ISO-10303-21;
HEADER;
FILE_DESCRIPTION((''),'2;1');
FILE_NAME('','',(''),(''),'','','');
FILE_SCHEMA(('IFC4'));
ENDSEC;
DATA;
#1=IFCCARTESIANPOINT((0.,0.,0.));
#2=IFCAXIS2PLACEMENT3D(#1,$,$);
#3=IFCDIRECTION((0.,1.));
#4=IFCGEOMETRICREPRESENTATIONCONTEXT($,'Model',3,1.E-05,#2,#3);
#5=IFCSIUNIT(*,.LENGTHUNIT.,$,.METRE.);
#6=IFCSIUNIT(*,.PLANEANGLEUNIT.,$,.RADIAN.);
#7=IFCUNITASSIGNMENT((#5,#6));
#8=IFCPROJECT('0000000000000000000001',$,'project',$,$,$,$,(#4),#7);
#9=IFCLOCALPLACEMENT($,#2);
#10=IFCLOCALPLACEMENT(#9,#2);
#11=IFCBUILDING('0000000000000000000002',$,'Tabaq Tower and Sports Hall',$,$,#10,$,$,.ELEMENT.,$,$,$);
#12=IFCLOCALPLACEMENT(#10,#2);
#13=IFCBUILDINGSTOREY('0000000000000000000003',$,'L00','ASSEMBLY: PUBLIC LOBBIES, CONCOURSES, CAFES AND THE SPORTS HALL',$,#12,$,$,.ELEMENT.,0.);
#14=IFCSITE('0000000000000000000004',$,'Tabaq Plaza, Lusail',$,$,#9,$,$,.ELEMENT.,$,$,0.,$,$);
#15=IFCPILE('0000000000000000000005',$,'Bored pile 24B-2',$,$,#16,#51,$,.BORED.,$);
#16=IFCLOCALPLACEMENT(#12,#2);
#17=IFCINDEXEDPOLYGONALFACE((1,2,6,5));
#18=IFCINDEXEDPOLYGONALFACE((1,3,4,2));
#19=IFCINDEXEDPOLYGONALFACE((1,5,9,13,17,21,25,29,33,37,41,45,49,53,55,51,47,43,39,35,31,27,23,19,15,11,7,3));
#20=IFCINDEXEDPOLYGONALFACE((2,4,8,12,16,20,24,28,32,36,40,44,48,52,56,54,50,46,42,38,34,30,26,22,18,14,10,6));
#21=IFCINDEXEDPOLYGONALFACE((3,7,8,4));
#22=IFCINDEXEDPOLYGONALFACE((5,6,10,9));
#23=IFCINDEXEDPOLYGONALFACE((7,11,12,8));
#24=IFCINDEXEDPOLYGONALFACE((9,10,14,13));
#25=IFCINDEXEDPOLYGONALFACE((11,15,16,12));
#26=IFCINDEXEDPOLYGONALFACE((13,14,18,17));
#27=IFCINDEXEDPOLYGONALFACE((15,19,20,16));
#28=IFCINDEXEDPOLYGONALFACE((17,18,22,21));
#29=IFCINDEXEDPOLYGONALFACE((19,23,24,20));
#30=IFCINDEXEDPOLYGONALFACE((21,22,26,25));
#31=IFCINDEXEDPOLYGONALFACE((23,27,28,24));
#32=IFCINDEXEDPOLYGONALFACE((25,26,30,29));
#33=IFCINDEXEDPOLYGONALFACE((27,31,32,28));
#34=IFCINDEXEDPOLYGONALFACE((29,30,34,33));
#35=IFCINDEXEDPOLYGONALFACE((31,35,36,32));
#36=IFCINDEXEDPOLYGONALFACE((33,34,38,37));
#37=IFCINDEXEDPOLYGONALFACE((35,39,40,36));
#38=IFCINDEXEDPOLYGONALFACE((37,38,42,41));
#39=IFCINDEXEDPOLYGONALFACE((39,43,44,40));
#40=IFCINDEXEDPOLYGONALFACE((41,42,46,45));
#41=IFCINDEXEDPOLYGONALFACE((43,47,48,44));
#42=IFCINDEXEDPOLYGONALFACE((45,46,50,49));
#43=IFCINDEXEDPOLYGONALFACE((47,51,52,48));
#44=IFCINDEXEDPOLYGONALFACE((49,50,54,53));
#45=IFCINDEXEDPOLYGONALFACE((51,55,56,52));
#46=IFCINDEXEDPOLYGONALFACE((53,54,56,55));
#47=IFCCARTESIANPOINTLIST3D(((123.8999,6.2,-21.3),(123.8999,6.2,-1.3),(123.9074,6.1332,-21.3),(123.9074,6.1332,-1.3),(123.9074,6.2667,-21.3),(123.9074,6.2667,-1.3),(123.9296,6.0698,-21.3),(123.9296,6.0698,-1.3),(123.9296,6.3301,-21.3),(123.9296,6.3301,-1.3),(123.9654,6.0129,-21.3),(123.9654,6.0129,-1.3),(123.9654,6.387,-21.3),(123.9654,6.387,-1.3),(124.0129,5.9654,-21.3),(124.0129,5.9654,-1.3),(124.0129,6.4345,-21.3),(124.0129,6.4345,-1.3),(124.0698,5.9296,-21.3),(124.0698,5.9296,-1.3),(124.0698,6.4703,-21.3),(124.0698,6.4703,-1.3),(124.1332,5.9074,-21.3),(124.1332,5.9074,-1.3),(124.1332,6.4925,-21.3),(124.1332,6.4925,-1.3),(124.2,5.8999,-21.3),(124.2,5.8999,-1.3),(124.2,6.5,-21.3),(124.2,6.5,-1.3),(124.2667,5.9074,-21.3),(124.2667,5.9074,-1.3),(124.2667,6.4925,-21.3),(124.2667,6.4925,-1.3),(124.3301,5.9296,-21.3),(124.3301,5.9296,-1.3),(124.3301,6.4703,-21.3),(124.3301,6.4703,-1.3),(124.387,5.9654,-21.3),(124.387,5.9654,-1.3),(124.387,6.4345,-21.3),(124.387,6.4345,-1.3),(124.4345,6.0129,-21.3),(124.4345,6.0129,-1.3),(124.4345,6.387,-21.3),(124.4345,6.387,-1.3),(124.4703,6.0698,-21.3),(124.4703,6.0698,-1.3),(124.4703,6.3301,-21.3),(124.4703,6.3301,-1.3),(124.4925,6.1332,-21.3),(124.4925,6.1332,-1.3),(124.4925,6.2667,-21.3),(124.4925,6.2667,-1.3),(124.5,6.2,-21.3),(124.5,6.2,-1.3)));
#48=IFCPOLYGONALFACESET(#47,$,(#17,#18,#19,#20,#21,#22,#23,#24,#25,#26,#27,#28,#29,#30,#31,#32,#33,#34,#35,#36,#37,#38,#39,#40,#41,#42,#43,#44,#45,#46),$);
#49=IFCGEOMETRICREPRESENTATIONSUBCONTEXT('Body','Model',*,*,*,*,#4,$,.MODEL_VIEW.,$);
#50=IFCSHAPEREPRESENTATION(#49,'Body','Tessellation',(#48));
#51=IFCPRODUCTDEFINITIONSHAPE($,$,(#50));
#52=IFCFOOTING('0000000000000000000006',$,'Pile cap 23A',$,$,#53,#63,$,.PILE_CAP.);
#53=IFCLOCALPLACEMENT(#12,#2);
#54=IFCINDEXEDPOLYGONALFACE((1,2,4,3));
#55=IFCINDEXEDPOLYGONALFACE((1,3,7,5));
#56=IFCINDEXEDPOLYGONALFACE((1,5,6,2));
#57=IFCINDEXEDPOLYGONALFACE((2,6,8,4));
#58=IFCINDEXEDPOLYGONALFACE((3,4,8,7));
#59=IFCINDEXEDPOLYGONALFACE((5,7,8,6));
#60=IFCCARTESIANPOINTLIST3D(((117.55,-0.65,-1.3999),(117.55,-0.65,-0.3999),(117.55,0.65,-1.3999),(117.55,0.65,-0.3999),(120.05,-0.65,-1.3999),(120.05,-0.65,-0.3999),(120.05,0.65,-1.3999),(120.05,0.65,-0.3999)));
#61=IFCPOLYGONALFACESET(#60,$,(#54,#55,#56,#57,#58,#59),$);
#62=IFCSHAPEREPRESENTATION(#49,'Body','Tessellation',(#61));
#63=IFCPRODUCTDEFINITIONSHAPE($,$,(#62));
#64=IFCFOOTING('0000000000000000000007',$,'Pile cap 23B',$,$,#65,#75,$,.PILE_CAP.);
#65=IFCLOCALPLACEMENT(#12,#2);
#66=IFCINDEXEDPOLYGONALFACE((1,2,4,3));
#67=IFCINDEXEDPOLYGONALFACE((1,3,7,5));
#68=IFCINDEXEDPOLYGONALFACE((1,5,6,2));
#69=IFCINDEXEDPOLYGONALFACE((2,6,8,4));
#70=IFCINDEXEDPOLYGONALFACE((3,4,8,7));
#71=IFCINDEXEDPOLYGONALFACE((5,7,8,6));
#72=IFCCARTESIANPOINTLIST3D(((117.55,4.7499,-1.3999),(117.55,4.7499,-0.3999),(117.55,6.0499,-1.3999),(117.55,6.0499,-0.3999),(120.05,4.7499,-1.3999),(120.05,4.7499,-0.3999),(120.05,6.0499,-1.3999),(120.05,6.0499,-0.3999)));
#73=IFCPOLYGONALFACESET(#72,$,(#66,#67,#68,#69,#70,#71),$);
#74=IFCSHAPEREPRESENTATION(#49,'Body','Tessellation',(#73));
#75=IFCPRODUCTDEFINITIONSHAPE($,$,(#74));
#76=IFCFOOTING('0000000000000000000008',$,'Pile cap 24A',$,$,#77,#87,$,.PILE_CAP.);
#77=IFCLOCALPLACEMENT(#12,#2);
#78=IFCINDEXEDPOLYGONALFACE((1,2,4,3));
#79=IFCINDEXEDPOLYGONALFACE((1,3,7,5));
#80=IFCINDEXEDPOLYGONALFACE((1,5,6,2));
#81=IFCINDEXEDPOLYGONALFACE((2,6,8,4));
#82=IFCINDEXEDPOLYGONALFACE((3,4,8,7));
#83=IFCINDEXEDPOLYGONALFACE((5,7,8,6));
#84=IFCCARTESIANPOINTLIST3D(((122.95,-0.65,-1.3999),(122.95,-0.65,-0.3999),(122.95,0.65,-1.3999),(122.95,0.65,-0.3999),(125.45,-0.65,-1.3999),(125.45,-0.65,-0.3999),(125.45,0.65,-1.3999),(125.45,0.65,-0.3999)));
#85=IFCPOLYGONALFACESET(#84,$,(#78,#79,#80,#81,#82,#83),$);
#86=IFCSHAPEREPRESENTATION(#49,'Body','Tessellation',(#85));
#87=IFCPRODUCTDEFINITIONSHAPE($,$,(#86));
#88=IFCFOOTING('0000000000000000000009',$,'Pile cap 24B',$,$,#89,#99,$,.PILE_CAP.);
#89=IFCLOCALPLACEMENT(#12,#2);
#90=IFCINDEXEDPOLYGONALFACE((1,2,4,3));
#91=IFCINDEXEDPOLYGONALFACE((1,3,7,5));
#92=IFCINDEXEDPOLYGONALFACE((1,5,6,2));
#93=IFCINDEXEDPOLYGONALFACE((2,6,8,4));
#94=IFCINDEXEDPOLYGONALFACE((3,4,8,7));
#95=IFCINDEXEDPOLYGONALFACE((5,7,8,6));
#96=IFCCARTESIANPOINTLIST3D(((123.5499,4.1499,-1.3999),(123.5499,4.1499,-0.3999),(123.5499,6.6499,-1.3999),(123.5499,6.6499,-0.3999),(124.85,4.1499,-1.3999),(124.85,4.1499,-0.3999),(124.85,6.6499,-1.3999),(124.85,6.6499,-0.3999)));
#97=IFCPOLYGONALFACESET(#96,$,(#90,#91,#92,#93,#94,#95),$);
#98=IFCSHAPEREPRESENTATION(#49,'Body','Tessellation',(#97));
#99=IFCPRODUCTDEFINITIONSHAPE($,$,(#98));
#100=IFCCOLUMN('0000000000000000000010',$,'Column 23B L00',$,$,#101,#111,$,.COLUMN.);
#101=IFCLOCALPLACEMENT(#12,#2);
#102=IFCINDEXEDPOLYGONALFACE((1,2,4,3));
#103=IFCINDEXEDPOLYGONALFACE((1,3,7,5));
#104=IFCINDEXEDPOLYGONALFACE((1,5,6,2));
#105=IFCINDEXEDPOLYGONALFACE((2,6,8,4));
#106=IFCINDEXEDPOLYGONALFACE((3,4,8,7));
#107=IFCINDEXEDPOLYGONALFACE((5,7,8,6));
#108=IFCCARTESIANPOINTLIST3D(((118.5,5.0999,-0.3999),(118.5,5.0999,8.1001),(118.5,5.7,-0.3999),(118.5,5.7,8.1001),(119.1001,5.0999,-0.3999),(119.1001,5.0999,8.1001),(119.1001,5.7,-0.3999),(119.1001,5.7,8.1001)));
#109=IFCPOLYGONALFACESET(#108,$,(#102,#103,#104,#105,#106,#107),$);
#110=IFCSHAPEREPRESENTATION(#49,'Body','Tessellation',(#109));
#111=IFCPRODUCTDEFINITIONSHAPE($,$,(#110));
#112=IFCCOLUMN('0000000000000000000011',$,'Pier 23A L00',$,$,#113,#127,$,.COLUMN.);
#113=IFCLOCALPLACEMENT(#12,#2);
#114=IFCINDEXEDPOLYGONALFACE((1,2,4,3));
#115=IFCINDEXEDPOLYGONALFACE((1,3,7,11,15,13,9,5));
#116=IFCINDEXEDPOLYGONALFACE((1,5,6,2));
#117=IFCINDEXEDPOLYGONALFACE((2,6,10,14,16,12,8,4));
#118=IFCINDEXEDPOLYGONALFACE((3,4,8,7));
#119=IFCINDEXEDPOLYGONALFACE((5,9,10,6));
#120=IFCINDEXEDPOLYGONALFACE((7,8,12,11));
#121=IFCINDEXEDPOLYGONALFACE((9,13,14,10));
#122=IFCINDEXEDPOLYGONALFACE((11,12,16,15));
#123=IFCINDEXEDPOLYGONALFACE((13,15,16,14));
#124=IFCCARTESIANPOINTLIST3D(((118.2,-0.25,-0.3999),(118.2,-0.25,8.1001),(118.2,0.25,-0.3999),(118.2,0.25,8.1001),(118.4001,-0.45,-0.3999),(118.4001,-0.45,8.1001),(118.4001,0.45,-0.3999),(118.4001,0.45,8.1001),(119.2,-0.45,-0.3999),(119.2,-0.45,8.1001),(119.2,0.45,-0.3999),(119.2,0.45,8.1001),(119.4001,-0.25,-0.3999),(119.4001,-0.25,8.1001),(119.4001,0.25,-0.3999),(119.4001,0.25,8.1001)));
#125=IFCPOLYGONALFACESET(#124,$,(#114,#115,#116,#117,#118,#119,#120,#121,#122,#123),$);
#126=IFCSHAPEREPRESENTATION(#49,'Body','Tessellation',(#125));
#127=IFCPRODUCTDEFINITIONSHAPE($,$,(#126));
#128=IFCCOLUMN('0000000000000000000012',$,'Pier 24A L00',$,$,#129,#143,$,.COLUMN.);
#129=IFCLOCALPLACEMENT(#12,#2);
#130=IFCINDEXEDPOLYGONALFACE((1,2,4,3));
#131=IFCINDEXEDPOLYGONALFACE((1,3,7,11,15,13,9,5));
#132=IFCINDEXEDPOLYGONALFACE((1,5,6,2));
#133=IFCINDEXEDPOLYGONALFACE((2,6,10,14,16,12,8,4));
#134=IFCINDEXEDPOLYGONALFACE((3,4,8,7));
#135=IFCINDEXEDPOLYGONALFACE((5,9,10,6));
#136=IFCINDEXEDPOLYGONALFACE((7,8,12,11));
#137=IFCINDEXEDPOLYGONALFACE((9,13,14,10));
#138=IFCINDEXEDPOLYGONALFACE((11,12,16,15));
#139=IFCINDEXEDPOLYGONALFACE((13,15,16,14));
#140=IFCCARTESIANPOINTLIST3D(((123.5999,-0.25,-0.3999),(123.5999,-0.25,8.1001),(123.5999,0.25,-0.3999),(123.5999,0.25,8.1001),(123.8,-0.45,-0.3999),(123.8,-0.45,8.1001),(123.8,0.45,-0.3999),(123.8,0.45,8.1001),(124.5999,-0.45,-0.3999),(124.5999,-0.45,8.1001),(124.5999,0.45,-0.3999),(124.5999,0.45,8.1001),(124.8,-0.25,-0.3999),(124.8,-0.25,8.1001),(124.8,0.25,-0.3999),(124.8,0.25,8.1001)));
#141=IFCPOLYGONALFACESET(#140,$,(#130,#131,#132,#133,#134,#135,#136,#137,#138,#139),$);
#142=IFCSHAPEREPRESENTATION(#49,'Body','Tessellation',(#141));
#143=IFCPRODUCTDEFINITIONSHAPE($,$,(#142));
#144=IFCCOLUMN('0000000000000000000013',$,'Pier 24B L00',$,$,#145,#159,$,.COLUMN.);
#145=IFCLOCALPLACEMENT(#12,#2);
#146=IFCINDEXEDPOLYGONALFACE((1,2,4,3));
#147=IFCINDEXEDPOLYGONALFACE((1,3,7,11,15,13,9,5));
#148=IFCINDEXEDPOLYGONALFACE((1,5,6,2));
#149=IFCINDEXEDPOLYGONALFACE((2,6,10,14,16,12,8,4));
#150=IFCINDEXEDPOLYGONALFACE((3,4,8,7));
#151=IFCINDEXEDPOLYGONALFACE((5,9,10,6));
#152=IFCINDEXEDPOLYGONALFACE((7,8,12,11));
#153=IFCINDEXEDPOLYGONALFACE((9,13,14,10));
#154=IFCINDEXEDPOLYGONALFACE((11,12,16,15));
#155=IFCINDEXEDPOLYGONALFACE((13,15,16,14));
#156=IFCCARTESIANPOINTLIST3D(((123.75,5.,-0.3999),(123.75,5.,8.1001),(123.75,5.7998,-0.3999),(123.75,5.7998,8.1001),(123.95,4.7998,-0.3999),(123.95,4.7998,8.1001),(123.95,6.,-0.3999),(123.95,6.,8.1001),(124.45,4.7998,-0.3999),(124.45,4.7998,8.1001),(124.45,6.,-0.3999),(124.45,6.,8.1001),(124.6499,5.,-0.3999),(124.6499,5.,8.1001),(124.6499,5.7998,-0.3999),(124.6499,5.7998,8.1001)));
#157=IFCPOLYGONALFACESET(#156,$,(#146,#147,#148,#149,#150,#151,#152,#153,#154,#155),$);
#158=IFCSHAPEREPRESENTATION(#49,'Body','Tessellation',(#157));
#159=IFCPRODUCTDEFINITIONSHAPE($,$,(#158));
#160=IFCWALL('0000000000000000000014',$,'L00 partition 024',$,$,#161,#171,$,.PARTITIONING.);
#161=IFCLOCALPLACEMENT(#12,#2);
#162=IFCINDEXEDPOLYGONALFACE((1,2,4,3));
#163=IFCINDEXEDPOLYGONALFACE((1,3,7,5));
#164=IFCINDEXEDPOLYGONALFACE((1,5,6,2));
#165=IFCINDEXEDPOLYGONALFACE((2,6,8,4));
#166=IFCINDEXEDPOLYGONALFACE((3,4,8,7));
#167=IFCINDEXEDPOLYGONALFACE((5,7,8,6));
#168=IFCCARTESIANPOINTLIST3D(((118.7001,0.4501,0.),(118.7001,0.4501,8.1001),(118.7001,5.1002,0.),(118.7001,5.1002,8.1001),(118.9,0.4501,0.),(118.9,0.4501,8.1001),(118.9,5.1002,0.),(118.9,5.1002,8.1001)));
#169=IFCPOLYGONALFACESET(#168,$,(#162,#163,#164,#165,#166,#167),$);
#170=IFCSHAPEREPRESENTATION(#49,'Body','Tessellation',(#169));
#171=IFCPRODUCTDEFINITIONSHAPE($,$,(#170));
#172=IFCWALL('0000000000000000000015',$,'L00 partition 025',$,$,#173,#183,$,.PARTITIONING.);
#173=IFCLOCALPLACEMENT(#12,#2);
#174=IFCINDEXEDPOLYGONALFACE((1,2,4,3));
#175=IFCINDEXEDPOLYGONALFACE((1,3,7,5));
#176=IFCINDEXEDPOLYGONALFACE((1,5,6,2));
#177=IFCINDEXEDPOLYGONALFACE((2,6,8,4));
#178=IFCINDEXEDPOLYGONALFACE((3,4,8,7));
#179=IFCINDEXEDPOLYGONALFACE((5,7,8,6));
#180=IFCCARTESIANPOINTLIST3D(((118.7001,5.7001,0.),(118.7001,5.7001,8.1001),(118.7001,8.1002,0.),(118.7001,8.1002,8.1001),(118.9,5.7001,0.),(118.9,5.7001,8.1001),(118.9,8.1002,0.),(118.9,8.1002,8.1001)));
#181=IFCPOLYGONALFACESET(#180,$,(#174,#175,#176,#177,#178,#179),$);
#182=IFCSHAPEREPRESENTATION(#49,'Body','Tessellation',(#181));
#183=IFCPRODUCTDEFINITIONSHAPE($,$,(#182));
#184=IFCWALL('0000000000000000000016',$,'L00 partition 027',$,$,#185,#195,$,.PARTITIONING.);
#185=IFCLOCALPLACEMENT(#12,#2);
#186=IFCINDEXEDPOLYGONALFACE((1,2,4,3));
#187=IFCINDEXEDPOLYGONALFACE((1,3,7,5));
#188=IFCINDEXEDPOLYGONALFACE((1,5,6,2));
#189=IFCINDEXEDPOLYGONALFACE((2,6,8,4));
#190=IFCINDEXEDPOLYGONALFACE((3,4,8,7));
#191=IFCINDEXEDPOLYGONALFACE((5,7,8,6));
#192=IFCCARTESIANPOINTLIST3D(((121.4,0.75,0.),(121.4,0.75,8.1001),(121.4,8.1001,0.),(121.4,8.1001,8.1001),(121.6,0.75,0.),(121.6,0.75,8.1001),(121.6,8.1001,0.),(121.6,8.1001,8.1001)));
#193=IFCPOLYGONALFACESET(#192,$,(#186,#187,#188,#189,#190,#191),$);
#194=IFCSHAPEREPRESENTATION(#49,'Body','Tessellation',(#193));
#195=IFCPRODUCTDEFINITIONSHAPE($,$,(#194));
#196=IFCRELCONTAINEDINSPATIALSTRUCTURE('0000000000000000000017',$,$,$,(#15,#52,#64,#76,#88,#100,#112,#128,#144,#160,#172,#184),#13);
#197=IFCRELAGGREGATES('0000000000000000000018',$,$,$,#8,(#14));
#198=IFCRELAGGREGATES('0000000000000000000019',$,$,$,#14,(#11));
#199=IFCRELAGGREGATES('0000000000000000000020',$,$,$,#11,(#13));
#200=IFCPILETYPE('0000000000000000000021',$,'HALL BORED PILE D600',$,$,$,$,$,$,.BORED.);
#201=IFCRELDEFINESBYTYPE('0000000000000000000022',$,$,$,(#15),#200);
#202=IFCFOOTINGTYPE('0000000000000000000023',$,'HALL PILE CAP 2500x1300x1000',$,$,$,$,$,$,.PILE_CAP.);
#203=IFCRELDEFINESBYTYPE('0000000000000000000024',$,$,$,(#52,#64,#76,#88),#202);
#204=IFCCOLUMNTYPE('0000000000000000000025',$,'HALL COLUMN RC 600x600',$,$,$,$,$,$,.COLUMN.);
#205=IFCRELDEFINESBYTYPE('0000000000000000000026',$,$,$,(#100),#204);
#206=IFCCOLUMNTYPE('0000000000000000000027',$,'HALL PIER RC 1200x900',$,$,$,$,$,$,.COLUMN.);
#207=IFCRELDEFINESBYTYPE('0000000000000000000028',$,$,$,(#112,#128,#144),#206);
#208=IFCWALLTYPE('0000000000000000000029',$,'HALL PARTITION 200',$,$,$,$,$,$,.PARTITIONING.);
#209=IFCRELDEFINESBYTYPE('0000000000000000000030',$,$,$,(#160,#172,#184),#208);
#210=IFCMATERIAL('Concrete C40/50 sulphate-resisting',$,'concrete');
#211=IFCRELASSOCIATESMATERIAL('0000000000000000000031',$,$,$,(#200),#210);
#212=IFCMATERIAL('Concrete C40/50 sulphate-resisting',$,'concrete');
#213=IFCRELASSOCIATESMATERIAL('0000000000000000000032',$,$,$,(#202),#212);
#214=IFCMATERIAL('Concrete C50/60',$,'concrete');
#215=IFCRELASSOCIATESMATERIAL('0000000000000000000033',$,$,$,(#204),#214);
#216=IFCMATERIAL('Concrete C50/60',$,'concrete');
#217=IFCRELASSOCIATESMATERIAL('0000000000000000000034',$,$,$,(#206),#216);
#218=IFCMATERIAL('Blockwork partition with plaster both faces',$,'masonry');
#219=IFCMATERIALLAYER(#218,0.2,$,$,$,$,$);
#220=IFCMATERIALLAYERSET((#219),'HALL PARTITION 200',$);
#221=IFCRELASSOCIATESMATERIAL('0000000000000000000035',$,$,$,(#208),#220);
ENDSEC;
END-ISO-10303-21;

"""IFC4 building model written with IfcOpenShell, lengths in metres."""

from ifc_helpers import new_model, si_unit, direction, frame, frame_2d, origin, origin_2d, place, context, subcontext, project, spatial, polyline, rectangle, circle, outline, extrude, material, layer, layer_set, material_profile, profile_set, type_object, element, save


model = new_model("IFC4")

# Units and contexts
model_context = context("Model", 3, precision=1e-05, world=origin(), true_north=direction((0.0, 1.0)))
body_context = subcontext(model_context, "Body", "Model", "MODEL_VIEW")
ifc_project = project(units=[si_unit("LENGTHUNIT", "METRE"), si_unit("PLANEANGLEUNIT", "RADIAN")], contexts=[model_context])

# Site, building, storey
site_placement = place(None, origin())
site = spatial("IfcSite", under=ifc_project, at=site_placement, Name="Tabaq Plaza, Lusail", CompositionType="ELEMENT", RefElevation=0.0)
building_placement = place(site_placement, origin())
building = spatial("IfcBuilding", under=site, at=building_placement, Name="Tabaq Tower and Sports Hall", CompositionType="ELEMENT")
storey_placement = place(building_placement, origin())
storey = spatial("IfcBuildingStorey", under=building, at=storey_placement, Name="L00", Description="ASSEMBLY: PUBLIC LOBBIES, CONCOURSES, CAFES AND THE SPORTS HALL", CompositionType="ELEMENT", Elevation=0.0)

# Pile
ifc_material_1 = material(Name="Concrete C40/50 sulphate-resisting", Category="concrete")
ifc_material_profile_1 = material_profile(ifc_material_1, circle(Radius=0.3, at=origin_2d()), Name="D600")
ifc_profile_set_1 = profile_set([ifc_material_profile_1], Name="Concrete C40/50 sulphate-resisting")
pile_type = type_object("IfcPileType", Name="HALL BORED PILE D600", PredefinedType="BORED", material=ifc_profile_set_1)
for number, where, z_axis, x_axis, name in (
    (1, (124.2, 6.2, -1.3), (0.0, 0.0, -1.0), (1.0, 0.0, 0.0), "Bored pile 24B-2"),
):
    element("IfcPile", number, at=place(storey_placement, frame(where, z_axis=z_axis, x_axis=x_axis)), inside=storey, type_object=pile_type, Name=name, PredefinedType="BORED", context=body_context, shape_type="SweptSolid", body=[
        extrude(circle(Radius=0.3, at=origin_2d()), origin(), (0.0, 0.0, 1.0), 20.0),
    ])

# Footings
ifc_material_2 = material(Name="Concrete C40/50 sulphate-resisting", Category="concrete")
footing_type = type_object("IfcFootingType", Name="HALL PILE CAP 2500x1300x1000", PredefinedType="PILE_CAP", material=ifc_material_2)
for number, where, z_axis, x_axis, name in (
    (2, (118.8, 0.0, -1.3999), (0.0, 0.0, 1.0), (1.0, 0.0, 0.0), "Pile cap 23A"),
    (3, (118.8, 5.3999, -1.3999), (0.0, 0.0, 1.0), (1.0, 0.0, 0.0), "Pile cap 23B"),
    (4, (124.2, 0.0, -1.3999), (0.0, 0.0, 1.0), (1.0, 0.0, 0.0), "Pile cap 24A"),
    (5, (124.2, 5.3999, -1.3999), (0.0, 0.0, 1.0), (0.0, 1.0, 0.0), "Pile cap 24B"),
):
    element("IfcFooting", number, at=place(storey_placement, frame(where, z_axis=z_axis, x_axis=x_axis)), inside=storey, type_object=footing_type, Name=name, PredefinedType="PILE_CAP", context=body_context, shape_type="SweptSolid", body=[
        extrude(rectangle(XDim=2.5, YDim=1.3, at=origin_2d()), origin(), (0.0, 0.0, 1.0), 1.0),
    ])

# Columns
ifc_material_3 = material(Name="Concrete C50/60", Category="concrete")
ifc_material_profile_2 = material_profile(ifc_material_3, rectangle(XDim=0.6001, YDim=0.6001, at=origin_2d()), Name="RC 600x600")
ifc_profile_set_2 = profile_set([ifc_material_profile_2], Name="Concrete C50/60")
column_type_1 = type_object("IfcColumnType", Name="HALL COLUMN RC 600x600", PredefinedType="COLUMN", material=ifc_profile_set_2)
column_placement = place(storey_placement, frame((118.8, 5.3999, -0.3999), z_axis=(0.0, 0.0, 1.0), x_axis=(1.0, 0.0, 0.0)))
element("IfcColumn", 6, at=column_placement, inside=storey, type_object=column_type_1, Name="Column 23B L00", PredefinedType="COLUMN", context=body_context, shape_type="SweptSolid", body=[
    extrude(rectangle(XDim=0.6001, YDim=0.6001, at=origin_2d()), origin(), (0.0, 0.0, 1.0), 8.5),
])
ifc_material_4 = material(Name="Concrete C50/60", Category="concrete")
ifc_material_profile_3 = material_profile(ifc_material_4, outline(polyline([(-0.3999, -0.45), (0.3999, -0.45), (0.6001, -0.25), (0.6001, 0.25), (0.3999, 0.45), (-0.3999, 0.45), (-0.6001, 0.25), (-0.6001, -0.25), (-0.3999, -0.45)])), Name="PIER 1200x900")
ifc_profile_set_3 = profile_set([ifc_material_profile_3], Name="Concrete C50/60")
column_type_2 = type_object("IfcColumnType", Name="HALL PIER RC 1200x900", PredefinedType="COLUMN", material=ifc_profile_set_3)
for number, where, z_axis, x_axis, name in (
    (7, (118.8, 0.0, -0.3999), (0.0, 0.0, 1.0), (1.0, 0.0, 0.0), "Pier 23A L00"),
    (8, (124.2, 0.0, -0.3999), (0.0, 0.0, 1.0), (1.0, 0.0, 0.0), "Pier 24A L00"),
    (9, (124.2, 5.3999, -0.3999), (0.0, 0.0, 1.0), (0.0, 1.0, 0.0), "Pier 24B L00"),
):
    element("IfcColumn", number, at=place(storey_placement, frame(where, z_axis=z_axis, x_axis=x_axis)), inside=storey, type_object=column_type_2, Name=name, PredefinedType="COLUMN", context=body_context, shape_type="SweptSolid", body=[
        extrude(outline(polyline([(-0.3999, -0.45), (0.3999, -0.45), (0.6001, -0.25), (0.6001, 0.25), (0.3999, 0.45), (-0.3999, 0.45), (-0.6001, 0.25), (-0.6001, -0.25), (-0.3999, -0.45)])), origin(), (0.0, 0.0, 1.0), 8.5),
    ])

# Walls
ifc_material_5 = material(Name="Blockwork partition with plaster both faces", Category="masonry")
ifc_layer_1 = layer(ifc_material_5, 0.2)
ifc_layer_set_1 = layer_set([ifc_layer_1], Name="HALL PARTITION 200")
wall_type_1 = type_object("IfcWallType", Name="HALL PARTITION 200", PredefinedType="PARTITIONING", material=ifc_layer_set_1)
wall_1_placement = place(storey_placement, frame((118.8, 0.45, 0.0), z_axis=(0.0, 0.0, 1.0), x_axis=(0.0, 1.0, 0.0)))
element("IfcWall", 10, at=wall_1_placement, inside=storey, type_object=wall_type_1, Name="L00 partition 024", PredefinedType="PARTITIONING", context=body_context, shape_type="SweptSolid", body=[
    extrude(rectangle(XDim=4.6501, YDim=0.2, at=frame_2d((2.3252, 0.0))), origin(), (0.0, 0.0, 1.0), 8.1001),
])
wall_2_placement = place(storey_placement, frame((118.8, 5.7, 0.0), z_axis=(0.0, 0.0, 1.0), x_axis=(0.0, 1.0, 0.0)))
element("IfcWall", 11, at=wall_2_placement, inside=storey, type_object=wall_type_1, Name="L00 partition 025", PredefinedType="PARTITIONING", context=body_context, shape_type="SweptSolid", body=[
    extrude(rectangle(XDim=2.4001, YDim=0.2, at=frame_2d((1.2002, 0.0))), origin(), (0.0, 0.0, 1.0), 8.1001),
])
wall_3_placement = place(storey_placement, frame((121.5, 0.75, 0.0), z_axis=(0.0, 0.0, 1.0), x_axis=(0.0, 1.0, 0.0)))
element("IfcWall", 12, at=wall_3_placement, inside=storey, type_object=wall_type_1, Name="L00 partition 027", PredefinedType="PARTITIONING", context=body_context, shape_type="SweptSolid", body=[
    extrude(rectangle(XDim=7.3501, YDim=0.2, at=frame_2d((3.675, 0.0))), origin(), (0.0, 0.0, 1.0), 8.1001),
])

save(model, "model.ifc")
